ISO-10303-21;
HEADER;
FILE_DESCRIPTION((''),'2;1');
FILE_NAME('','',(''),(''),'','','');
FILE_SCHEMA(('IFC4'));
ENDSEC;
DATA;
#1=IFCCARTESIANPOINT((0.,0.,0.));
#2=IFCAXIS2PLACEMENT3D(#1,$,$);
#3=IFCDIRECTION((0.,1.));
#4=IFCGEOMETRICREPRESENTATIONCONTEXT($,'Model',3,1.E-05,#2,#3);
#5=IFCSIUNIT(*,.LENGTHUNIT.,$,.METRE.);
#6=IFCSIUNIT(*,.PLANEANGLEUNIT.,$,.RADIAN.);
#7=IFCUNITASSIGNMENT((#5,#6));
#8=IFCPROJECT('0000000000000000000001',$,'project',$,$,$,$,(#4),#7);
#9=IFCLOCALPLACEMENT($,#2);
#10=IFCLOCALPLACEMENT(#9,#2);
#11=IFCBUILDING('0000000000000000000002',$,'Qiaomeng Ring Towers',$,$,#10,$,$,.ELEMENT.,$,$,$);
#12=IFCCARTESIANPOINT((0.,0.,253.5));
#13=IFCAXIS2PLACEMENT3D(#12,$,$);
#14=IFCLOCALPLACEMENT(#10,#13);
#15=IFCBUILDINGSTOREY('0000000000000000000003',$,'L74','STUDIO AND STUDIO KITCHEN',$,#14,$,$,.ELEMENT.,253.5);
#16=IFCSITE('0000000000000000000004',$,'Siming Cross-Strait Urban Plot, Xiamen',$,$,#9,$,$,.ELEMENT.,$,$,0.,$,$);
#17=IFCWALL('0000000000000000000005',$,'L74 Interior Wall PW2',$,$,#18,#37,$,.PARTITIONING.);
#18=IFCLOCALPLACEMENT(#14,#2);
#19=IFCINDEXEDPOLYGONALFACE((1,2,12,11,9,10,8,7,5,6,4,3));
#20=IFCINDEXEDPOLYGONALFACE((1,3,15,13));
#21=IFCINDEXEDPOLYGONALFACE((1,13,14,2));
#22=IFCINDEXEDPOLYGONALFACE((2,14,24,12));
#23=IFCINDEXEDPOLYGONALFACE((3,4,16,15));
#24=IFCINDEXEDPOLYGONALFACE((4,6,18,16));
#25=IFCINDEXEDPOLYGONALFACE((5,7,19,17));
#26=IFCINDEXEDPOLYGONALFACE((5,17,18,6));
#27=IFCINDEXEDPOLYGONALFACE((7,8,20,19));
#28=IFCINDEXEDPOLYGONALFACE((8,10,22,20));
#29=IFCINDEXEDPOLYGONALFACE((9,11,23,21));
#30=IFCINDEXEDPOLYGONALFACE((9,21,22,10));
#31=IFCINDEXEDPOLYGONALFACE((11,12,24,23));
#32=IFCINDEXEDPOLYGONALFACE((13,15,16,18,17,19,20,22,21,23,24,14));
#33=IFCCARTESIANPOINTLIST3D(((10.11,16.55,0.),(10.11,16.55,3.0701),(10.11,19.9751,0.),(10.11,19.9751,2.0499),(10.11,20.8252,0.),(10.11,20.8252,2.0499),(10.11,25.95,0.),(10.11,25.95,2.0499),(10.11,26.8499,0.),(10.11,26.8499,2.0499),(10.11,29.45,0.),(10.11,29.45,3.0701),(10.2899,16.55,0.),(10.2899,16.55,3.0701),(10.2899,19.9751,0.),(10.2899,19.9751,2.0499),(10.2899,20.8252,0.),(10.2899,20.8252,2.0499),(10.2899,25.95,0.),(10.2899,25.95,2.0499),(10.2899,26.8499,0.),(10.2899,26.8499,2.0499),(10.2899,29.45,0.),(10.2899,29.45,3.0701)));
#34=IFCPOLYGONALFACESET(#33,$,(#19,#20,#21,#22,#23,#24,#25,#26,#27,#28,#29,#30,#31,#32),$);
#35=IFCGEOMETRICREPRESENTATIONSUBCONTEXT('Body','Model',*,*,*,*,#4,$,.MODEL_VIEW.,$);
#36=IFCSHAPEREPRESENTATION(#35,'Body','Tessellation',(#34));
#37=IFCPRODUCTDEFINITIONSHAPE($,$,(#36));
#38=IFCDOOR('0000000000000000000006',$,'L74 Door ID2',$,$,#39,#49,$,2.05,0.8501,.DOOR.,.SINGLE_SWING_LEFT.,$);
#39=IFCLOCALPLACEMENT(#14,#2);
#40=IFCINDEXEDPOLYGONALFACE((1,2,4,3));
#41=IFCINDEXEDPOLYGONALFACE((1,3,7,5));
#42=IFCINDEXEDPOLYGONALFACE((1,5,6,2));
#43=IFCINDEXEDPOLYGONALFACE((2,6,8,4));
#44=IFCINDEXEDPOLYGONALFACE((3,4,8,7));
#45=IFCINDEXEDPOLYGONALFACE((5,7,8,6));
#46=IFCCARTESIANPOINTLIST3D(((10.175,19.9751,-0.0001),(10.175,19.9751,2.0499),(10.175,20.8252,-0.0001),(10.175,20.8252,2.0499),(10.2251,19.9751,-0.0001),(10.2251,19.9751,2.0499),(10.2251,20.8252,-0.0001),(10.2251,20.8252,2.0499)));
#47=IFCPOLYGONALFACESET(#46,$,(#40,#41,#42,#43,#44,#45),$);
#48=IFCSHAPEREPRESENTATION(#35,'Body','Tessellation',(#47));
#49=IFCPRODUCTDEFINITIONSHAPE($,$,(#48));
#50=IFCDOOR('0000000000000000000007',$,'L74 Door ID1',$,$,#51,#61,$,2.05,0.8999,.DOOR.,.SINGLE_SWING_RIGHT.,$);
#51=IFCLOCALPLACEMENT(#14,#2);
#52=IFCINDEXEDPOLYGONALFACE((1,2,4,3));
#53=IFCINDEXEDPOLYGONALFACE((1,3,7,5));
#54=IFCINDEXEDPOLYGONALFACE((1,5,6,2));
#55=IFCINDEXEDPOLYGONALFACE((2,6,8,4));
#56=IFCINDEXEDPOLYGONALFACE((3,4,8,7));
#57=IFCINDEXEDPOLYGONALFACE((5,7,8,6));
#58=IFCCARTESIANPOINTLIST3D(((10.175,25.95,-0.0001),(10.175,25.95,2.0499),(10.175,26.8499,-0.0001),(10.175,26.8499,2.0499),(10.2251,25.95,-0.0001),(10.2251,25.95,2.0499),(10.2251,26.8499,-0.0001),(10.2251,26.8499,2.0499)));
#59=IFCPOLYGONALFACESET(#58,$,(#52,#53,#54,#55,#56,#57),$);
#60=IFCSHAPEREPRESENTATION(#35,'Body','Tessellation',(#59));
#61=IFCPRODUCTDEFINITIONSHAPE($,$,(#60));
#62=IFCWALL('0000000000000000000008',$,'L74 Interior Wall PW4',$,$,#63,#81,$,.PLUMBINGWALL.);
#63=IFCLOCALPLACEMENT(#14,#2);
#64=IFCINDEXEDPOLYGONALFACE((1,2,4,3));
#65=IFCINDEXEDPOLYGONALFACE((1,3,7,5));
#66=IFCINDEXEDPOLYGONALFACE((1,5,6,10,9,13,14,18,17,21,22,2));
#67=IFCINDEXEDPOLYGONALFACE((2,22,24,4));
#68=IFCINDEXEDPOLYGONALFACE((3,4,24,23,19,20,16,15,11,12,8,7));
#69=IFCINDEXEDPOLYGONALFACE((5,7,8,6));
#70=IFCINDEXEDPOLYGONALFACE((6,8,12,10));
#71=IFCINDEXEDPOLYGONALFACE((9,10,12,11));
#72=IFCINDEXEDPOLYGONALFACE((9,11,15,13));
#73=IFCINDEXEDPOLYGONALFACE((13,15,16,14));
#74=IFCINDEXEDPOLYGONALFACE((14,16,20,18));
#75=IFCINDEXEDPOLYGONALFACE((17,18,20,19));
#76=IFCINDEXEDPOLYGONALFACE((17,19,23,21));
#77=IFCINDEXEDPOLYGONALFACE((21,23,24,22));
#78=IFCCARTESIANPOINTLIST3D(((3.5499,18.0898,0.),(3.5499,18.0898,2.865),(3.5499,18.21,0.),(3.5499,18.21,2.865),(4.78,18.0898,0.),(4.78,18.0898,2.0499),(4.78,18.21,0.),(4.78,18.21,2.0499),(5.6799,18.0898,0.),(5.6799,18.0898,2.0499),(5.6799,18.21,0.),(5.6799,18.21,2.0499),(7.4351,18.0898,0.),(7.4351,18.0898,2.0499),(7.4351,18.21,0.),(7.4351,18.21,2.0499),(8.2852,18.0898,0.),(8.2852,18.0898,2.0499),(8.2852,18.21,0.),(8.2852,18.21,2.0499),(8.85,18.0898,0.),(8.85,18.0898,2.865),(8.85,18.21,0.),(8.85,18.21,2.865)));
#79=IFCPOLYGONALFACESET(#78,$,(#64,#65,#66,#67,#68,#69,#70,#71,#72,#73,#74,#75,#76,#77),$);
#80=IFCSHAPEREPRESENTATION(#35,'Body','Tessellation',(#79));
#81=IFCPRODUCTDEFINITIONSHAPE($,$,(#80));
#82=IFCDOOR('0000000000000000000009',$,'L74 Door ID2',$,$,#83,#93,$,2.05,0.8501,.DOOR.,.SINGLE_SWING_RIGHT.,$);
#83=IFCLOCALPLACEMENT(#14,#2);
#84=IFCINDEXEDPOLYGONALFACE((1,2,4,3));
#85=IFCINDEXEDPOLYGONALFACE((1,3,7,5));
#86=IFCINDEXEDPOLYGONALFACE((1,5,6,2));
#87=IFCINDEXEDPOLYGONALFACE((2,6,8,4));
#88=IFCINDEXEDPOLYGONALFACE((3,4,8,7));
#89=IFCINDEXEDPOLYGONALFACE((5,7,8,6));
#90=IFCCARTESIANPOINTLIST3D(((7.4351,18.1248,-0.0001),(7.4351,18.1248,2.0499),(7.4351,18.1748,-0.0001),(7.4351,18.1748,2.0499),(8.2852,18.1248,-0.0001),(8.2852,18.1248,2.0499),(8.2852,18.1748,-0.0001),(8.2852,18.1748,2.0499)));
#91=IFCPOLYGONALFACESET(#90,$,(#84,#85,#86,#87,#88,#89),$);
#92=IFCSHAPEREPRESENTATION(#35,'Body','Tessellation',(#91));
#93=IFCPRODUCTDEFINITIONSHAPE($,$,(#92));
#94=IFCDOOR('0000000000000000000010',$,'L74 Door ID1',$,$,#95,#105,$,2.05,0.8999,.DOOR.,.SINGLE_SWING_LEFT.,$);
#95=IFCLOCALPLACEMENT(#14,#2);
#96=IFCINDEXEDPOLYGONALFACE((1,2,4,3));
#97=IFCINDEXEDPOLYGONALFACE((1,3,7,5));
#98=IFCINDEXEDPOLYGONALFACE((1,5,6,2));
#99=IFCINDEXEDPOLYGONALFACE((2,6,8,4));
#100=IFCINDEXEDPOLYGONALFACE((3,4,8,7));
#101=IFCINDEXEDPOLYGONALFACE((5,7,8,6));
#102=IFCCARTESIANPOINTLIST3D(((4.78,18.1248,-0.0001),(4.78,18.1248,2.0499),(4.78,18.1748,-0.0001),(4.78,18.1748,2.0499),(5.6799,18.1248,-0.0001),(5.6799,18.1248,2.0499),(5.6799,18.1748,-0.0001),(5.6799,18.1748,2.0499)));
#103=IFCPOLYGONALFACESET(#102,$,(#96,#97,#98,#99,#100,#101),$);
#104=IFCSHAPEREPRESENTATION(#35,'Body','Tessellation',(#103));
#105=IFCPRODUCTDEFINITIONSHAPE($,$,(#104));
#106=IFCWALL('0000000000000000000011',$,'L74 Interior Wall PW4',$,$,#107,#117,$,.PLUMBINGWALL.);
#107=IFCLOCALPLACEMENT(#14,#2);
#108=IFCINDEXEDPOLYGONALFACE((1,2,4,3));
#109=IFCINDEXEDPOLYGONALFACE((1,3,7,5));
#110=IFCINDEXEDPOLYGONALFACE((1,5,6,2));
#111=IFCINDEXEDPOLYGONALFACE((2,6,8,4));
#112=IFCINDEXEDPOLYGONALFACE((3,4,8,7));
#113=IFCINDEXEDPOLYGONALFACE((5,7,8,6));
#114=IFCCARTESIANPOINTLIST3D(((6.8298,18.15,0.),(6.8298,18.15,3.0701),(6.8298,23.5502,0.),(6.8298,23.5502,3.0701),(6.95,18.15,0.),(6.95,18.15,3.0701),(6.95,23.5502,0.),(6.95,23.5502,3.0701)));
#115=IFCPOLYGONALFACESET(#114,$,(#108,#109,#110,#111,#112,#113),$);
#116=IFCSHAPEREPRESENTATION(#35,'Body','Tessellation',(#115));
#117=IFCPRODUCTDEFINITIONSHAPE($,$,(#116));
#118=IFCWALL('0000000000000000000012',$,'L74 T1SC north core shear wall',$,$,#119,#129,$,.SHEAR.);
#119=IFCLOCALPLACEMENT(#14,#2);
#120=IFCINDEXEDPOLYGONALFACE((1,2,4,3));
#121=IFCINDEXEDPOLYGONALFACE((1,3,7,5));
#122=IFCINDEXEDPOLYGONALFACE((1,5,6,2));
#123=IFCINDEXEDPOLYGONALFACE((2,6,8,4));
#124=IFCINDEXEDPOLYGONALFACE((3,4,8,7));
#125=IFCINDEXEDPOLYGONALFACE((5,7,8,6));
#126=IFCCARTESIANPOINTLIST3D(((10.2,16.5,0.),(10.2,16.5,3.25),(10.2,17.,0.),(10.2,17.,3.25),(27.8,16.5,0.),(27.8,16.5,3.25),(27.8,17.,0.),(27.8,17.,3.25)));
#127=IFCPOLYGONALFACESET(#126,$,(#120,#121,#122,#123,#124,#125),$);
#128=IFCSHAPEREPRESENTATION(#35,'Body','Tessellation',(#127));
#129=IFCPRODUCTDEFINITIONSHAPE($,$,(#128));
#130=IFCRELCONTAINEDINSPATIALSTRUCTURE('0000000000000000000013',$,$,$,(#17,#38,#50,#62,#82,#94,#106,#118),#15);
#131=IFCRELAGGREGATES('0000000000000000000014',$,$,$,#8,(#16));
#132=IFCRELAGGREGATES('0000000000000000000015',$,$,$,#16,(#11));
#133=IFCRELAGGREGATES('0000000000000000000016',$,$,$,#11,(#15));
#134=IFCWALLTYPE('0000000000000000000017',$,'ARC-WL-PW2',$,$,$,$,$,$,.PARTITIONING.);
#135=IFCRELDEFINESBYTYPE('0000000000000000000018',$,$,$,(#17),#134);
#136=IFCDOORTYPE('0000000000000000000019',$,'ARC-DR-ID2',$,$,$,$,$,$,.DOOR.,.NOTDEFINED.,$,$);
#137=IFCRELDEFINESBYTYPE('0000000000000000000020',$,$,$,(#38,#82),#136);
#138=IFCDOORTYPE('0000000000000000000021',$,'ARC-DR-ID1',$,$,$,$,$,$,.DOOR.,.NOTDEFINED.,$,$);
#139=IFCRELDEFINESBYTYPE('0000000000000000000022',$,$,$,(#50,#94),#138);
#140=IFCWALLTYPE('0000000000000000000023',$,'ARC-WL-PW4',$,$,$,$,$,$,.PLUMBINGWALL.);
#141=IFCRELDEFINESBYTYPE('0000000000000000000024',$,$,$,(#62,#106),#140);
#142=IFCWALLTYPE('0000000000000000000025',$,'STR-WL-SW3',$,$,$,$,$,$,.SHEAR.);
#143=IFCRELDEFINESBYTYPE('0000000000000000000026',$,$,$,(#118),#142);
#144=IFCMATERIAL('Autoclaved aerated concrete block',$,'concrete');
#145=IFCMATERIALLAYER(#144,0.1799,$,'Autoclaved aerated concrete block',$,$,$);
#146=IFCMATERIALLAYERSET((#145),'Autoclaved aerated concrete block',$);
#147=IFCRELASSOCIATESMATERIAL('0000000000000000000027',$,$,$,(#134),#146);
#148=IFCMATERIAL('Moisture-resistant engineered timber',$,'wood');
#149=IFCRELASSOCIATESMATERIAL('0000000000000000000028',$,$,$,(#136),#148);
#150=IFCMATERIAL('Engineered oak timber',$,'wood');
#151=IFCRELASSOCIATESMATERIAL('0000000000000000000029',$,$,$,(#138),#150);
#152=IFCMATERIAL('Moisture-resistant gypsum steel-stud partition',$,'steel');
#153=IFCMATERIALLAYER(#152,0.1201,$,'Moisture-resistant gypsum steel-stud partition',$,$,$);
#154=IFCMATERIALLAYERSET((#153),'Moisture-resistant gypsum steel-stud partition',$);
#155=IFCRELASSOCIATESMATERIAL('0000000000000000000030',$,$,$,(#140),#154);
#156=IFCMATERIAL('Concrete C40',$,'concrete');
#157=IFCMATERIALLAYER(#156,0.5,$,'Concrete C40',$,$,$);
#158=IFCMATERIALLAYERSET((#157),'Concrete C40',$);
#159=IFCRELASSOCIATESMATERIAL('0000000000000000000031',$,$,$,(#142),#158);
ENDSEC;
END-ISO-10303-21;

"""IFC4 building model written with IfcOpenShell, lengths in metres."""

from ifc_helpers import new_model, si_unit, direction, frame, frame_2d, origin, place, context, subcontext, project, spatial, rectangle, extrude, source, transform, mapped, material, layer, layer_set, type_object, element, fill, save


model = new_model("IFC4")

# Units and contexts
model_context = context("Model", 3, precision=1e-05, world=origin(), true_north=direction((0.0, 1.0)))
body_context = subcontext(model_context, "Body", "Model", "MODEL_VIEW")
ifc_project = project(units=[si_unit("LENGTHUNIT", "METRE"), si_unit("PLANEANGLEUNIT", "RADIAN")], contexts=[model_context])

# Site, building, storey
site_placement = place(None, origin())
site = spatial("IfcSite", under=ifc_project, at=site_placement, Name="Siming Cross-Strait Urban Plot, Xiamen", CompositionType="ELEMENT", RefElevation=0.0)
building_placement = place(site_placement, origin())
building = spatial("IfcBuilding", under=site, at=building_placement, Name="Qiaomeng Ring Towers", CompositionType="ELEMENT")
storey_placement = place(building_placement, frame((0.0, 0.0, 253.5)))
storey = spatial("IfcBuildingStorey", under=building, at=storey_placement, Name="L74", Description="STUDIO AND STUDIO KITCHEN", CompositionType="ELEMENT", Elevation=253.5)

# Shared definitions
ifc_material_1 = material(Name="Concrete C40", Category="concrete")

# Walls, openings, doors
ifc_material_2 = material(Name="Autoclaved aerated concrete block", Category="concrete")
ifc_layer_1 = layer(ifc_material_2, 0.1799, Name="Autoclaved aerated concrete block")
ifc_layer_set_1 = layer_set([ifc_layer_1], Name="Autoclaved aerated concrete block")
wall_type_1 = type_object("IfcWallType", Name="ARC-WL-PW2", PredefinedType="PARTITIONING", material=ifc_layer_set_1)
wall_1_placement = place(storey_placement, frame((10.2, 16.55, 0.0), z_axis=(0.0, 0.0, 1.0), x_axis=(0.0, 1.0, 0.0)))
wall_1 = element("IfcWall", 1, at=wall_1_placement, inside=storey, type_object=wall_type_1, Name="L74 Interior Wall PW2", PredefinedType="PARTITIONING", context=body_context, shape_type="SweptSolid", body=[
    extrude(rectangle(XDim=12.8999, YDim=0.1799, at=frame_2d((6.45, 0.0))), origin(), (0.0, 0.0, 1.0), 3.0701),
])
opening_1_placement = place(wall_1_placement, frame((3.425, 0.0, 0.0)))
opening_1 = element("IfcOpeningElement", 2, at=opening_1_placement, cuts=wall_1, PredefinedType="OPENING", context=body_context, shape_type="SweptSolid", body=[
    extrude(rectangle(XDim=0.8501, YDim=2.05, at=frame_2d((0.425, 1.0249))), frame((0.0, 0.0999, 0.0), z_axis=(0.0, -1.0, 0.0), x_axis=(1.0, 0.0, 0.0)), (0.0, 0.0, 1.0), 0.2),
])
opening_2_placement = place(wall_1_placement, frame((9.3999, 0.0, 0.0)))
opening_2 = element("IfcOpeningElement", 3, at=opening_2_placement, cuts=wall_1, PredefinedType="OPENING", context=body_context, shape_type="SweptSolid", body=[
    extrude(rectangle(XDim=0.8999, YDim=2.05, at=frame_2d((0.45, 1.0249))), frame((0.0, 0.0999, 0.0), z_axis=(0.0, -1.0, 0.0), x_axis=(1.0, 0.0, 0.0)), (0.0, 0.0, 1.0), 0.2),
])
ifc_material_3 = material(Name="Moisture-resistant engineered timber", Category="wood")
door_type_1 = type_object("IfcDoorType", Name="ARC-DR-ID2", OperationType="NOTDEFINED", PredefinedType="DOOR", material=ifc_material_3)
shared_shape_1 = source(origin(), body_context, "Body", "SweptSolid", [
    extrude(rectangle(XDim=0.8501, YDim=2.05, at=frame_2d((0.425, 1.0249))), frame((0.0, 0.0249, 0.0), z_axis=(0.0, -1.0, 0.0), x_axis=(1.0, 0.0, 0.0)), (0.0, 0.0, 1.0), 0.05),
])
door_1_placement = place(opening_1_placement, origin())
door_1 = element("IfcDoor", 4, at=door_1_placement, inside=storey, type_object=door_type_1, Name="L74 Door ID2", OperationType="SINGLE_SWING_LEFT", OverallHeight=2.05, OverallWidth=0.8501, PredefinedType="DOOR", context=body_context, shape_type="MappedRepresentation", body=[
    mapped(shared_shape_1, transform((0.0, 0.0, 0.0), x_axis=(1.0, 0.0, 0.0), y_axis=(0.0, 1.0, 0.0), z_axis=(0.0, 0.0, 1.0), scale=1.0)),
])
fill(opening_1, door_1)
ifc_material_4 = material(Name="Engineered oak timber", Category="wood")
door_type_2 = type_object("IfcDoorType", Name="ARC-DR-ID1", OperationType="NOTDEFINED", PredefinedType="DOOR", material=ifc_material_4)
shared_shape_2 = source(origin(), body_context, "Body", "SweptSolid", [
    extrude(rectangle(XDim=0.8999, YDim=2.05, at=frame_2d((0.45, 1.0249))), frame((0.0, 0.0249, 0.0), z_axis=(0.0, -1.0, 0.0), x_axis=(1.0, 0.0, 0.0)), (0.0, 0.0, 1.0), 0.05),
])
door_2_placement = place(opening_2_placement, origin())
door_2 = element("IfcDoor", 5, at=door_2_placement, inside=storey, type_object=door_type_2, Name="L74 Door ID1", OperationType="SINGLE_SWING_RIGHT", OverallHeight=2.05, OverallWidth=0.8999, PredefinedType="DOOR", context=body_context, shape_type="MappedRepresentation", body=[
    mapped(shared_shape_2, transform((0.0, 0.0, 0.0), x_axis=(1.0, 0.0, 0.0), y_axis=(0.0, 1.0, 0.0), z_axis=(0.0, 0.0, 1.0), scale=1.0)),
])
fill(opening_2, door_2)
ifc_material_5 = material(Name="Moisture-resistant gypsum steel-stud partition", Category="steel")
ifc_layer_2 = layer(ifc_material_5, 0.1201, Name="Moisture-resistant gypsum steel-stud partition")
ifc_layer_set_2 = layer_set([ifc_layer_2], Name="Moisture-resistant gypsum steel-stud partition")
wall_type_2 = type_object("IfcWallType", Name="ARC-WL-PW4", PredefinedType="PLUMBINGWALL", material=ifc_layer_set_2)
wall_2_placement = place(storey_placement, frame((3.55, 18.1499, 0.0), z_axis=(0.0, 0.0, 1.0), x_axis=(1.0, 0.0, 0.0)))
wall_2 = element("IfcWall", 6, at=wall_2_placement, inside=storey, type_object=wall_type_2, Name="L74 Interior Wall PW4", PredefinedType="PLUMBINGWALL", context=body_context, shape_type="SweptSolid", body=[
    extrude(rectangle(XDim=5.3, YDim=0.1201, at=frame_2d((2.6499, 0.0))), origin(), (0.0, 0.0, 1.0), 2.865),
])
opening_3_placement = place(wall_2_placement, frame((1.23, 0.0, 0.0)))
opening_3 = element("IfcOpeningElement", 7, at=opening_3_placement, cuts=wall_2, PredefinedType="OPENING", context=body_context, shape_type="SweptSolid", body=[
    extrude(rectangle(XDim=0.8999, YDim=2.05, at=frame_2d((0.45, 1.0249))), frame((0.0, 0.0701, 0.0), z_axis=(0.0, -1.0, 0.0), x_axis=(1.0, 0.0, 0.0)), (0.0, 0.0, 1.0), 0.1401),
])
opening_4_placement = place(wall_2_placement, frame((3.885, 0.0, 0.0)))
opening_4 = element("IfcOpeningElement", 8, at=opening_4_placement, cuts=wall_2, PredefinedType="OPENING", context=body_context, shape_type="SweptSolid", body=[
    extrude(rectangle(XDim=0.8501, YDim=2.05, at=frame_2d((0.425, 1.0249))), frame((0.0, 0.0701, 0.0), z_axis=(0.0, -1.0, 0.0), x_axis=(1.0, 0.0, 0.0)), (0.0, 0.0, 1.0), 0.1401),
])
door_3_placement = place(opening_4_placement, origin())
door_3 = element("IfcDoor", 9, at=door_3_placement, inside=storey, type_object=door_type_1, Name="L74 Door ID2", OperationType="SINGLE_SWING_RIGHT", OverallHeight=2.05, OverallWidth=0.8501, PredefinedType="DOOR", context=body_context, shape_type="MappedRepresentation", body=[
    mapped(shared_shape_1, transform((0.0, 0.0, 0.0), x_axis=(1.0, 0.0, 0.0), y_axis=(0.0, 1.0, 0.0), z_axis=(0.0, 0.0, 1.0), scale=1.0)),
])
fill(opening_4, door_3)
door_4_placement = place(opening_3_placement, origin())
door_4 = element("IfcDoor", 10, at=door_4_placement, inside=storey, type_object=door_type_2, Name="L74 Door ID1", OperationType="SINGLE_SWING_LEFT", OverallHeight=2.05, OverallWidth=0.8999, PredefinedType="DOOR", context=body_context, shape_type="MappedRepresentation", body=[
    mapped(shared_shape_2, transform((0.0, 0.0, 0.0), x_axis=(1.0, 0.0, 0.0), y_axis=(0.0, 1.0, 0.0), z_axis=(0.0, 0.0, 1.0), scale=1.0)),
])
fill(opening_3, door_4)

# Walls
wall_3_placement = place(storey_placement, frame((6.8899, 18.1499, 0.0), z_axis=(0.0, 0.0, 1.0), x_axis=(0.0, 1.0, 0.0)))
element("IfcWall", 11, at=wall_3_placement, inside=storey, type_object=wall_type_2, Name="L74 Interior Wall PW4", PredefinedType="PLUMBINGWALL", context=body_context, shape_type="SweptSolid", body=[
    extrude(rectangle(XDim=5.4001, YDim=0.1201, at=frame_2d((2.7002, 0.0))), origin(), (0.0, 0.0, 1.0), 3.0701),
])
ifc_layer_3 = layer(ifc_material_1, 0.5, Name="Concrete C40")
ifc_layer_set_3 = layer_set([ifc_layer_3], Name="Concrete C40")
wall_type_3 = type_object("IfcWallType", Name="STR-WL-SW3", PredefinedType="SHEAR", material=ifc_layer_set_3)
wall_4_placement = place(storey_placement, frame((10.2, 16.75, 0.0), z_axis=(0.0, 0.0, 1.0), x_axis=(1.0, 0.0, 0.0)))
element("IfcWall", 12, at=wall_4_placement, inside=storey, type_object=wall_type_3, Name="L74 T1SC north core shear wall", PredefinedType="SHEAR", context=body_context, shape_type="SweptSolid", body=[
    extrude(rectangle(XDim=17.6001, YDim=0.5, at=frame_2d((8.8, 0.0))), origin(), (0.0, 0.0, 1.0), 3.25),
])

save(model, "model.ifc")
